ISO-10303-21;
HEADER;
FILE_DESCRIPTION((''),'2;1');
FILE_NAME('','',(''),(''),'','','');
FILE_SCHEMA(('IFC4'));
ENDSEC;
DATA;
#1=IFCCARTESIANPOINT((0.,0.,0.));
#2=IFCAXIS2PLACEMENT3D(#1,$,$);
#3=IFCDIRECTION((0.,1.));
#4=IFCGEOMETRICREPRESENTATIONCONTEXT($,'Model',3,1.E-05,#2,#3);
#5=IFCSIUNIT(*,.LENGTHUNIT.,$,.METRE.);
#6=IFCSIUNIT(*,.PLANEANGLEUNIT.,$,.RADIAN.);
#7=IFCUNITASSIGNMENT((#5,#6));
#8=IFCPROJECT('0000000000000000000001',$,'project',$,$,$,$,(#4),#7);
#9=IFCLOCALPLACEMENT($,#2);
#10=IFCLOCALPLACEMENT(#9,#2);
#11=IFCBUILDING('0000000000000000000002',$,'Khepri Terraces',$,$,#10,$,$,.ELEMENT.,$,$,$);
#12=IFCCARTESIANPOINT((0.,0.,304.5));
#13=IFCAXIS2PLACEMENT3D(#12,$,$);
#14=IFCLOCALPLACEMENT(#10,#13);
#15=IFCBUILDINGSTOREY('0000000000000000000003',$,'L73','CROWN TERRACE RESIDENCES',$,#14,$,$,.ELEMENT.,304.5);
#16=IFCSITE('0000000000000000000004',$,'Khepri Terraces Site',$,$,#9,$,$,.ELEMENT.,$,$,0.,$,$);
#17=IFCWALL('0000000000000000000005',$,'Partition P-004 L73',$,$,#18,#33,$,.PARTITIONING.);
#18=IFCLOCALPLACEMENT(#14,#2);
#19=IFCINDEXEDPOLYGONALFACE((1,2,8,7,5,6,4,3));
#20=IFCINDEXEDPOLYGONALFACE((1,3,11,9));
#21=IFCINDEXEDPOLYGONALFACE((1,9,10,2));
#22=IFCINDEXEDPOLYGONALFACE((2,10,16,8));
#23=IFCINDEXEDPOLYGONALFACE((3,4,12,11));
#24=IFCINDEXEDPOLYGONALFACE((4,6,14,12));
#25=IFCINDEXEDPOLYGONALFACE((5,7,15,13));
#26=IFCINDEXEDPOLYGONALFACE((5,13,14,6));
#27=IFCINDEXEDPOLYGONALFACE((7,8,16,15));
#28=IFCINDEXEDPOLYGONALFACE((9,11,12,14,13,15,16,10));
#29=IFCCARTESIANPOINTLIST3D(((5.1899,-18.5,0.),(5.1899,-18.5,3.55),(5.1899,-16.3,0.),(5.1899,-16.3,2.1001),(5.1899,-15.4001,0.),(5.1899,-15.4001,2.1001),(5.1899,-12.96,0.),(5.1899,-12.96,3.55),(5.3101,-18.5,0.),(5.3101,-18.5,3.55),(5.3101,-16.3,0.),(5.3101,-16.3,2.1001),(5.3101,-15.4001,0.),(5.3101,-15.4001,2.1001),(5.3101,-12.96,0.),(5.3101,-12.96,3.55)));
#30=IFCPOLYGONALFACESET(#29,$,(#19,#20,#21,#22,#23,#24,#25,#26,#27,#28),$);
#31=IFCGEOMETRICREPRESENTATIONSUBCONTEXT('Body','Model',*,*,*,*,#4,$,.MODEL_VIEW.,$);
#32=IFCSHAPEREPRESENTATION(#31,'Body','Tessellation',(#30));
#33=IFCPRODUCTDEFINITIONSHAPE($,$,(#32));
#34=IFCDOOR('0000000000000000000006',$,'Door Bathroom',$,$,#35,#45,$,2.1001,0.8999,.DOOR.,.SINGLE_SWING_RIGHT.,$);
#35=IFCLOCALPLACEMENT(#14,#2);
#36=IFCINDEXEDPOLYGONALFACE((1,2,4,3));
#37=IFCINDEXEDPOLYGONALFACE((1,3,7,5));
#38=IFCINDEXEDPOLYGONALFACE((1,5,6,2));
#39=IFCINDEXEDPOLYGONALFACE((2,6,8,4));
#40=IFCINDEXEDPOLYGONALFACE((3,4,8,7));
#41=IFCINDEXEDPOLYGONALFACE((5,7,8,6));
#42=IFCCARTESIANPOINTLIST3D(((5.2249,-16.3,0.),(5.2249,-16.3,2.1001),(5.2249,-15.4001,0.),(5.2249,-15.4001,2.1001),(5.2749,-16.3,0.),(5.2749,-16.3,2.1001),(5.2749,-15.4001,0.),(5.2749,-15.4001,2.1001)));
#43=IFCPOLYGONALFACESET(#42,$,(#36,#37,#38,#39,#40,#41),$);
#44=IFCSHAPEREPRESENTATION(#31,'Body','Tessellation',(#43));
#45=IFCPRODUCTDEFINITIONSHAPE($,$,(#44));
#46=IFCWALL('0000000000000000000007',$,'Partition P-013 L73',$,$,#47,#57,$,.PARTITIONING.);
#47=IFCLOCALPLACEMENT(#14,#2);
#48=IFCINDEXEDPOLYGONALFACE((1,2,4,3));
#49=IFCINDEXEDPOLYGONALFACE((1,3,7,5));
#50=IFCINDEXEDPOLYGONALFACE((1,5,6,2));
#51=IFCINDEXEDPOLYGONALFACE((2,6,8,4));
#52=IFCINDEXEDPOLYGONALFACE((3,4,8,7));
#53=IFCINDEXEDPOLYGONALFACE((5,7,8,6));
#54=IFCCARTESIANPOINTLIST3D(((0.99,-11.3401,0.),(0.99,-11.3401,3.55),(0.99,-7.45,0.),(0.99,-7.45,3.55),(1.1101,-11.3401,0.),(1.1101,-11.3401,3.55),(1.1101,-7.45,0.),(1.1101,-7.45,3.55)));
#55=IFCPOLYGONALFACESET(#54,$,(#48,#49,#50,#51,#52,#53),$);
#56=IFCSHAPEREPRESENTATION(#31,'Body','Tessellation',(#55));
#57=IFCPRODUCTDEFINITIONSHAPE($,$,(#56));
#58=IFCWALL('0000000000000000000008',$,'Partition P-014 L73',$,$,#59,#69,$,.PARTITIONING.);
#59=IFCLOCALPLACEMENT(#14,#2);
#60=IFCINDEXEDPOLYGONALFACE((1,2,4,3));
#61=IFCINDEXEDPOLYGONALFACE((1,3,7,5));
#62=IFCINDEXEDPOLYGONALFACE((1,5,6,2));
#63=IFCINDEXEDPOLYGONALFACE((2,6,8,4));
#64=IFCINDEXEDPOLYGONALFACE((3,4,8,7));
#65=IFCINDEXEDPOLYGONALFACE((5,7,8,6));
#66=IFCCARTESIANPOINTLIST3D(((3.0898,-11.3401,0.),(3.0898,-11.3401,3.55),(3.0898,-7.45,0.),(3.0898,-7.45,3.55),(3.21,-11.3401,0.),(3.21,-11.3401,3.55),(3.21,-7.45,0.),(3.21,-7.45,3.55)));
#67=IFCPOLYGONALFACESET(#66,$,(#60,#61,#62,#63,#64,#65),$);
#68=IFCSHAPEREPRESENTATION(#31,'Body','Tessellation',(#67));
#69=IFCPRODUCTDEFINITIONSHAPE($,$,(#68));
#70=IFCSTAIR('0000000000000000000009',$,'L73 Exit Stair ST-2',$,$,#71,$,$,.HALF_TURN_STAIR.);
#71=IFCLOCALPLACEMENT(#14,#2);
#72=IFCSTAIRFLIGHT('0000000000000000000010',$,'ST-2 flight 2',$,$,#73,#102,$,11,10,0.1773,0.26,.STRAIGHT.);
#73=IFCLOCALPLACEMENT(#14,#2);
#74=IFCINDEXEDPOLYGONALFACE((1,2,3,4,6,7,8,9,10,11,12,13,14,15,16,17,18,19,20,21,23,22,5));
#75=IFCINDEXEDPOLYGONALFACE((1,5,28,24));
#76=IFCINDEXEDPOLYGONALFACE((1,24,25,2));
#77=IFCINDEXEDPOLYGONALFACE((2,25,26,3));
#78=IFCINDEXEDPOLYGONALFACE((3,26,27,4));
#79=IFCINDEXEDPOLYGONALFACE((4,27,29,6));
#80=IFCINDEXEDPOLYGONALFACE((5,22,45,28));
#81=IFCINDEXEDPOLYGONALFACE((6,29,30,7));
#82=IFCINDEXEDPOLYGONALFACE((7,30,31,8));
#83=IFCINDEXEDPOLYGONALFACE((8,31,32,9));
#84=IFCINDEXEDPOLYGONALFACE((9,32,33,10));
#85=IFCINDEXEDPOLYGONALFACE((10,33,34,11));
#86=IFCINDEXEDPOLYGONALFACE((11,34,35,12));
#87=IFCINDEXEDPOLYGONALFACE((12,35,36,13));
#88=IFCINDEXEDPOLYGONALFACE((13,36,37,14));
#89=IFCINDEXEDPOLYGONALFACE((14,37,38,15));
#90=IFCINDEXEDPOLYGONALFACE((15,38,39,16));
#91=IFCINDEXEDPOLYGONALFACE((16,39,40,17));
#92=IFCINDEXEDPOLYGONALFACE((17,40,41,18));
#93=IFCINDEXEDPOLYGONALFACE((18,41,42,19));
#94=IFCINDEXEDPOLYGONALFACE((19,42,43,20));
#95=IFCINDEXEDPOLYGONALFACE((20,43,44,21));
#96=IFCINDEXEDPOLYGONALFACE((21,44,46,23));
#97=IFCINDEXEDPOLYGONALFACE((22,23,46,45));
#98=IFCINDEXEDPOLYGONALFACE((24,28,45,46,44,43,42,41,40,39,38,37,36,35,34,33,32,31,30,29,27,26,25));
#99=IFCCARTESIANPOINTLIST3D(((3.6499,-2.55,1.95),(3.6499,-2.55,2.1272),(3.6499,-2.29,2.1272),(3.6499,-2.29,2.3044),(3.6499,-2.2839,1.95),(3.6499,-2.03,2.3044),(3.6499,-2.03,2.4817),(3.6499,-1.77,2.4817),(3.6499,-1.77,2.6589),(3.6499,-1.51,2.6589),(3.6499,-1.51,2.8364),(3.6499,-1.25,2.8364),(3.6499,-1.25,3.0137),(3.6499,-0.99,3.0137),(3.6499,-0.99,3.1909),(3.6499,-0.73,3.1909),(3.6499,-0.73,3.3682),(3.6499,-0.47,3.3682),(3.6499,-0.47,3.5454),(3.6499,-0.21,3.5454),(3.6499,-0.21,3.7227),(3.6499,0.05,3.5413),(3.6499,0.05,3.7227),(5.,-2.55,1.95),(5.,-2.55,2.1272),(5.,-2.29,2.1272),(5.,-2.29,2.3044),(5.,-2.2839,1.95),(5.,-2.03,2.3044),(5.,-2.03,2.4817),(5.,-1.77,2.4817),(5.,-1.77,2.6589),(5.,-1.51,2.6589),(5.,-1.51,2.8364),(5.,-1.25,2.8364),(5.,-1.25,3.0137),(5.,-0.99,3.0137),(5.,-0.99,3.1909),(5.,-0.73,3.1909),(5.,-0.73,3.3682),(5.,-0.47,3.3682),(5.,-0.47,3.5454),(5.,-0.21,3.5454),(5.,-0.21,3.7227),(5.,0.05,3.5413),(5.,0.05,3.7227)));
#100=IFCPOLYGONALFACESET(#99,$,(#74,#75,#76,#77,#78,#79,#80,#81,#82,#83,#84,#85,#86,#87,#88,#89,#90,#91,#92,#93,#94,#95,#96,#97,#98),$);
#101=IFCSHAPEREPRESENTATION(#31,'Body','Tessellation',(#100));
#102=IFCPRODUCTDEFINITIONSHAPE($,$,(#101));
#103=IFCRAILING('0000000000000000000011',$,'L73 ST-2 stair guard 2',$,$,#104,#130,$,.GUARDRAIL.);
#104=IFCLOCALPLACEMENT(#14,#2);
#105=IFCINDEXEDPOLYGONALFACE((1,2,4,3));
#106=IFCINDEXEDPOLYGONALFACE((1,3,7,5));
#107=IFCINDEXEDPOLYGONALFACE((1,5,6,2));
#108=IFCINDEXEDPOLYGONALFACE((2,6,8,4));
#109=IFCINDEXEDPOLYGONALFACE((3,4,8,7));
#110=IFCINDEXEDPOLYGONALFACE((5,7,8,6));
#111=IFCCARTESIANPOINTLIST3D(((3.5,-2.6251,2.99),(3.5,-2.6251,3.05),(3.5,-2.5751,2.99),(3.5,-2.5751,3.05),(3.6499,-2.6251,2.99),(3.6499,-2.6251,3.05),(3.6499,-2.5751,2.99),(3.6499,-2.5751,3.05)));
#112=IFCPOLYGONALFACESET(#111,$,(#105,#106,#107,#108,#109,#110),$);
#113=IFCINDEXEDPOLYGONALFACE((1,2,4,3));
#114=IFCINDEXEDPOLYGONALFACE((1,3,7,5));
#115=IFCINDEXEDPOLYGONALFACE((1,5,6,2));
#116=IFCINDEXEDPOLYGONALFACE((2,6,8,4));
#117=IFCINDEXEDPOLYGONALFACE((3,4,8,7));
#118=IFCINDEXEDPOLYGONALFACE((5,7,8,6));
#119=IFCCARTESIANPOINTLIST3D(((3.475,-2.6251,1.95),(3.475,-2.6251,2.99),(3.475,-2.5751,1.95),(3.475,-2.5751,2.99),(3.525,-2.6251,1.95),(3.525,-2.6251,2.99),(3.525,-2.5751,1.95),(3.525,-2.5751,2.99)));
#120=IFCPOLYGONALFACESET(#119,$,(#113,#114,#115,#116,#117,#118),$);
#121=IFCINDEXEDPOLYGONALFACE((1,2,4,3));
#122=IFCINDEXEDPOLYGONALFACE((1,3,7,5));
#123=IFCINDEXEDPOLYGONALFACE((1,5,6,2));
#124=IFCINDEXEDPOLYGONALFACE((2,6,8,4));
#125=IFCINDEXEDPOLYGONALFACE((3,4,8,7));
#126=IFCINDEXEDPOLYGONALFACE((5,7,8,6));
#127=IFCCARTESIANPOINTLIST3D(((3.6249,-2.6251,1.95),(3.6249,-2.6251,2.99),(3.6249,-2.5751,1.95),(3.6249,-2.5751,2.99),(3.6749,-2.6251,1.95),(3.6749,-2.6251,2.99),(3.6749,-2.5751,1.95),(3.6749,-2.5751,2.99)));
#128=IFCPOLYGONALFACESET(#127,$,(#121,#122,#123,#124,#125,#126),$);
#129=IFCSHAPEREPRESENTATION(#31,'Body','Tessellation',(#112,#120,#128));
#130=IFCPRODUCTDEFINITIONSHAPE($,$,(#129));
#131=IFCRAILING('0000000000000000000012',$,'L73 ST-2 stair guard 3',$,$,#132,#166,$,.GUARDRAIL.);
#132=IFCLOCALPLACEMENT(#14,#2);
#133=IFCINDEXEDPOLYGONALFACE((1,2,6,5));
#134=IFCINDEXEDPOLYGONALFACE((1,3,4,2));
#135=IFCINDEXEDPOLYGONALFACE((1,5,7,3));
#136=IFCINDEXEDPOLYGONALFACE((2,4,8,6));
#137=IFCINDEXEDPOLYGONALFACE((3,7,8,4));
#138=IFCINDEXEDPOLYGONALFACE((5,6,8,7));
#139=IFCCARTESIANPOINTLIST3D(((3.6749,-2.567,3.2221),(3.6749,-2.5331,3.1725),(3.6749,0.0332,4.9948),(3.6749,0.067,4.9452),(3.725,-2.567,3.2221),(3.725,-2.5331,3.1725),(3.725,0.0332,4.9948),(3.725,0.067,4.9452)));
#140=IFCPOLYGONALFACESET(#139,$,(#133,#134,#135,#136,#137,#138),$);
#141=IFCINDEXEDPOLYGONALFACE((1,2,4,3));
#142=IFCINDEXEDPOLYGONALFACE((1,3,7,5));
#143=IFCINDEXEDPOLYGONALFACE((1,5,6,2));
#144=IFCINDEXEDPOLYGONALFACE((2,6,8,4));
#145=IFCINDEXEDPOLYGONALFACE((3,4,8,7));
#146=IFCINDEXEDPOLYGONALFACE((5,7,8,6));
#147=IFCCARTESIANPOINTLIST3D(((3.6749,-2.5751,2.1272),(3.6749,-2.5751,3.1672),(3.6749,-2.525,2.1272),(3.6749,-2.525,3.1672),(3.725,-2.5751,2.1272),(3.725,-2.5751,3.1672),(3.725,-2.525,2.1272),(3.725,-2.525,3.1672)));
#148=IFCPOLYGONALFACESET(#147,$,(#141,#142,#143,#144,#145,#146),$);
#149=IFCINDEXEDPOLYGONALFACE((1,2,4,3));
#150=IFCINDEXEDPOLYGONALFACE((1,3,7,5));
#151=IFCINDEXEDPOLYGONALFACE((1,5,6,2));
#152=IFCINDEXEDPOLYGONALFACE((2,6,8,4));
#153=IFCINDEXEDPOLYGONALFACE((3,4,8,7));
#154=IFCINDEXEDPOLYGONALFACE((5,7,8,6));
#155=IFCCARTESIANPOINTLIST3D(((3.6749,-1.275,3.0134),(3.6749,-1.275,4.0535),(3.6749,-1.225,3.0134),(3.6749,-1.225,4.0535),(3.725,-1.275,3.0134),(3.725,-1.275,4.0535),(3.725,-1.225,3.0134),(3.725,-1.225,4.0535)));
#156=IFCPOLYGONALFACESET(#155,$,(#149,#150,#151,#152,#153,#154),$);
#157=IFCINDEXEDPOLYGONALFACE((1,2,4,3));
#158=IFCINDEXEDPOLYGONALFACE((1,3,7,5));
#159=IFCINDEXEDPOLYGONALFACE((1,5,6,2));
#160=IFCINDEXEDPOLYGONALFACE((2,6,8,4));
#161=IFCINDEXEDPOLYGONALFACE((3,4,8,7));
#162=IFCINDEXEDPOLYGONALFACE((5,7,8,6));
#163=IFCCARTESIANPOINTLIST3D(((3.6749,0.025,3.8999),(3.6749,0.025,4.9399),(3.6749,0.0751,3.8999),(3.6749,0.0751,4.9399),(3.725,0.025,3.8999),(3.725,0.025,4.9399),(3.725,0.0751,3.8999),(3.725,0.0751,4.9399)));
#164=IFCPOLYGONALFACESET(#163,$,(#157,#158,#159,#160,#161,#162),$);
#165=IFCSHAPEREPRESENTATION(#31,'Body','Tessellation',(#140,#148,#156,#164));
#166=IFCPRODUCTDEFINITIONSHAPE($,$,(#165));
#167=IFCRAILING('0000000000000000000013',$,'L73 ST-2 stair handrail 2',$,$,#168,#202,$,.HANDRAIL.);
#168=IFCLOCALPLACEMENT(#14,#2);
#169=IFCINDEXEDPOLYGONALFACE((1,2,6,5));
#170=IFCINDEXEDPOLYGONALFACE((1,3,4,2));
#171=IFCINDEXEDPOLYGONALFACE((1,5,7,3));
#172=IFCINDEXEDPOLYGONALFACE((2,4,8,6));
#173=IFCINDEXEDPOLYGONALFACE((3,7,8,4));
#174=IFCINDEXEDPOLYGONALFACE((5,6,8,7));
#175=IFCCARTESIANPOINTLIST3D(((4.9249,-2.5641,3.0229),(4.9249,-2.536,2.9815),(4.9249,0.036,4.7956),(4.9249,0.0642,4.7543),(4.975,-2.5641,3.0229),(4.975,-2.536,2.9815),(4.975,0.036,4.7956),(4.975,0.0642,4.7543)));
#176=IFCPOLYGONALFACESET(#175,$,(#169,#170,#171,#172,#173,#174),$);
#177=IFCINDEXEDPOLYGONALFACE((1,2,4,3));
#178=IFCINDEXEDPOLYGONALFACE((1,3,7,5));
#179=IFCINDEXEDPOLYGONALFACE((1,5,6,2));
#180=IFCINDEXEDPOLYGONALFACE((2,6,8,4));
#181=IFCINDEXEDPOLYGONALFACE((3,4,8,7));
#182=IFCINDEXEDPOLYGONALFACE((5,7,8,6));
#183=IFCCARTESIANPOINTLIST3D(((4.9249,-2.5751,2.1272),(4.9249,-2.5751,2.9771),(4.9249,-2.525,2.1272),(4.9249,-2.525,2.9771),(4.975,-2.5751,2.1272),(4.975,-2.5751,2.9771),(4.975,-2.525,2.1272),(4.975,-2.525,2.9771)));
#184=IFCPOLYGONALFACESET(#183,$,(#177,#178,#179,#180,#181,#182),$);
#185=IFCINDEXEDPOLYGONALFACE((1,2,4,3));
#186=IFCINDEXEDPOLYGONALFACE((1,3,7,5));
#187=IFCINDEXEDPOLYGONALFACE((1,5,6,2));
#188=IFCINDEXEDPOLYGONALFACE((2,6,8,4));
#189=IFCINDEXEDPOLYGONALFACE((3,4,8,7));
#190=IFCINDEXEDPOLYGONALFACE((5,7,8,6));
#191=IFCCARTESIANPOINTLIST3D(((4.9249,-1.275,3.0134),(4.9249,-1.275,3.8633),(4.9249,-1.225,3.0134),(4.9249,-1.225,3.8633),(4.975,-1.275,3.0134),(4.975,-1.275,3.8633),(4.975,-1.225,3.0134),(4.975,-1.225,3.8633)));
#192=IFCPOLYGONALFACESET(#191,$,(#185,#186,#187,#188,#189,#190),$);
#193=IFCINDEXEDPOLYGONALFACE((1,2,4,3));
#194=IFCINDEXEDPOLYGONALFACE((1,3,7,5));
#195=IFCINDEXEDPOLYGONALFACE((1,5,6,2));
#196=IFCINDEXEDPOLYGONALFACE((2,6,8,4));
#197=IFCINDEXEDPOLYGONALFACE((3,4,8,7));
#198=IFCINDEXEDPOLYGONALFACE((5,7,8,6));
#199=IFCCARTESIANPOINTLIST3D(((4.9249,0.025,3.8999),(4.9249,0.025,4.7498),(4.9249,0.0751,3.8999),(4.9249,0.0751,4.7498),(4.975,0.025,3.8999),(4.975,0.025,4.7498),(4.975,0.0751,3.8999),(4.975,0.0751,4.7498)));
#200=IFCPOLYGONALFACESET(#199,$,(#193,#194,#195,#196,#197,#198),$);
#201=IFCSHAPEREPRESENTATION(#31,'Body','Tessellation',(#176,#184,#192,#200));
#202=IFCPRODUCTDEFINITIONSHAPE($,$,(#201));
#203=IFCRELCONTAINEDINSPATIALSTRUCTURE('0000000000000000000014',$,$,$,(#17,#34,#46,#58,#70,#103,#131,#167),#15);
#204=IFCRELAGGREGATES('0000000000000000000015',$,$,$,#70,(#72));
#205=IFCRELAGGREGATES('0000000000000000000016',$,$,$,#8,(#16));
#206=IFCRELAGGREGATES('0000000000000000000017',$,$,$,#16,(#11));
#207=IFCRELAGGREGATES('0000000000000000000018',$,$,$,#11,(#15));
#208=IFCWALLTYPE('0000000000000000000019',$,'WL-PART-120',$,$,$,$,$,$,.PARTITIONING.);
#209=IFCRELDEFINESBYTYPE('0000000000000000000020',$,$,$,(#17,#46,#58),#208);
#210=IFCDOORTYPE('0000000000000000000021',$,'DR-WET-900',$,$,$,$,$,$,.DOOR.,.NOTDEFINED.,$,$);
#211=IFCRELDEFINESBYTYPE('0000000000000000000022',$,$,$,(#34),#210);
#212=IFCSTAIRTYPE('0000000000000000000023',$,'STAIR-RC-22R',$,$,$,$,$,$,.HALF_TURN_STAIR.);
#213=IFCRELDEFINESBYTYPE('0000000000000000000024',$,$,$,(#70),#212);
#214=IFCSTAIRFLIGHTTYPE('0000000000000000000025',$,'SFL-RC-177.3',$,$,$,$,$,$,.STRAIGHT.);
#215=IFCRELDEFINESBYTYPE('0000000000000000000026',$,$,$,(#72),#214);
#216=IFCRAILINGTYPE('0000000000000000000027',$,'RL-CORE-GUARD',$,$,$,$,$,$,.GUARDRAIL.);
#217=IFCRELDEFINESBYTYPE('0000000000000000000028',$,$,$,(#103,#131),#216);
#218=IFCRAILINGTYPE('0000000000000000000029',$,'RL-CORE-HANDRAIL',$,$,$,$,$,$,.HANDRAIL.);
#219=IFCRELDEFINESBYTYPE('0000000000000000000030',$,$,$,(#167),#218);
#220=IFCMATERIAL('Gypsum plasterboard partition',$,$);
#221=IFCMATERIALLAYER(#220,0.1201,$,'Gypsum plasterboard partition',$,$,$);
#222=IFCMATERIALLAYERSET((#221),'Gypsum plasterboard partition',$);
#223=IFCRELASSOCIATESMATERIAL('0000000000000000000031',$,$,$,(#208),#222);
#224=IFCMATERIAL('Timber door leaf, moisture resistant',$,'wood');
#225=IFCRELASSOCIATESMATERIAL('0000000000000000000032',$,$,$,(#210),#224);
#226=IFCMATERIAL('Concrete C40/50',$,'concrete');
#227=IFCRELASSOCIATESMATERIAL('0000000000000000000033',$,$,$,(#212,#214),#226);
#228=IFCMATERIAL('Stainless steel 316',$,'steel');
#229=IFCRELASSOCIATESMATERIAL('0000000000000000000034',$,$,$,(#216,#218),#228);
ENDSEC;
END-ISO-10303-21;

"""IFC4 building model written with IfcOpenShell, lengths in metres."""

from ifc_helpers import new_model, si_unit, direction, frame, frame_2d, origin, origin_2d, place, context, subcontext, project, spatial, polyline, rectangle, outline, extrude, material, layer, layer_set, type_object, element, fill, aggregate, save


model = new_model("IFC4")

# Units and contexts
model_context = context("Model", 3, precision=1e-05, world=origin(), true_north=direction((0.0, 1.0)))
body_context = subcontext(model_context, "Body", "Model", "MODEL_VIEW")
ifc_project = project(units=[si_unit("LENGTHUNIT", "METRE"), si_unit("PLANEANGLEUNIT", "RADIAN")], contexts=[model_context])

# Site, building, storey
site_placement = place(None, origin())
site = spatial("IfcSite", under=ifc_project, at=site_placement, Name="Khepri Terraces Site", CompositionType="ELEMENT", RefElevation=0.0)
building_placement = place(site_placement, origin())
building = spatial("IfcBuilding", under=site, at=building_placement, Name="Khepri Terraces", CompositionType="ELEMENT")
storey_placement = place(building_placement, frame((0.0, 0.0, 304.5)))
storey = spatial("IfcBuildingStorey", under=building, at=storey_placement, Name="L73", Description="CROWN TERRACE RESIDENCES", CompositionType="ELEMENT", Elevation=304.5)

# Shared definitions
ifc_material_1 = material(Name="Concrete C40/50", Category="concrete")

# Shared definitions
ifc_material_2 = material(Name="Gypsum plasterboard partition")
ifc_layer_1 = layer(ifc_material_2, 0.1201, Name="Gypsum plasterboard partition")
ifc_layer_set_1 = layer_set([ifc_layer_1], Name="Gypsum plasterboard partition")
wall_type_1 = type_object("IfcWallType", Name="WL-PART-120", PredefinedType="PARTITIONING", material=ifc_layer_set_1)

# Wall, opening, door
wall_1_placement = place(storey_placement, frame((5.25, -18.5, 0.0), z_axis=(0.0, 0.0, 1.0), x_axis=(0.0, 1.0, 0.0)))
wall_1 = element("IfcWall", 1, at=wall_1_placement, inside=storey, type_object=wall_type_1, Name="Partition P-004 L73", PredefinedType="PARTITIONING", context=body_context, shape_type="SweptSolid", body=[
    extrude(rectangle(XDim=5.54, YDim=0.1201, at=frame_2d((2.77, 0.0))), origin(), (0.0, 0.0, 1.0), 3.55),
])
opening_1_placement = place(wall_1_placement, frame((2.2, 0.0, 0.0)))
opening_1 = element("IfcOpeningElement", 2, at=opening_1_placement, cuts=wall_1, PredefinedType="OPENING", context=body_context, shape_type="SweptSolid", body=[
    extrude(rectangle(XDim=0.8999, YDim=2.1001, at=frame_2d((0.45, 1.05))), frame((0.0, 0.0701, 0.0), z_axis=(0.0, -1.0, 0.0), x_axis=(1.0, 0.0, 0.0)), (0.0, 0.0, 1.0), 0.1401),
])
ifc_material_3 = material(Name="Timber door leaf, moisture resistant", Category="wood")
door_type_1 = type_object("IfcDoorType", Name="DR-WET-900", OperationType="NOTDEFINED", PredefinedType="DOOR", material=ifc_material_3)
door_1_placement = place(opening_1_placement, frame((0.8999, 0.0, 0.0), z_axis=(0.0, 0.0, 1.0), x_axis=(-1.0, 0.0, 0.0)))
door_1 = element("IfcDoor", 3, at=door_1_placement, inside=storey, type_object=door_type_1, Name="Door Bathroom", OperationType="SINGLE_SWING_RIGHT", OverallHeight=2.1001, OverallWidth=0.8999, PredefinedType="DOOR", context=body_context, shape_type="SweptSolid", body=[
    extrude(rectangle(XDim=0.8999, YDim=2.1001, at=frame_2d((0.45, 1.05))), frame((0.0, 0.0249, 0.0), z_axis=(0.0, -1.0, 0.0), x_axis=(1.0, 0.0, 0.0)), (0.0, 0.0, 1.0), 0.05),
])
fill(opening_1, door_1)

# Walls
for number, where, z_axis, x_axis, name in (
    (4, (1.05, -11.3401, 0.0), (0.0, 0.0, 1.0), (0.0, 1.0, 0.0), "Partition P-013 L73"),
    (5, (3.1499, -11.3401, 0.0), (0.0, 0.0, 1.0), (0.0, 1.0, 0.0), "Partition P-014 L73"),
):
    element("IfcWall", number, at=place(storey_placement, frame(where, z_axis=z_axis, x_axis=x_axis)), inside=storey, type_object=wall_type_1, Name=name, PredefinedType="PARTITIONING", context=body_context, shape_type="SweptSolid", body=[
        extrude(rectangle(XDim=3.8901, YDim=0.1201, at=frame_2d((1.9451, 0.0))), origin(), (0.0, 0.0, 1.0), 3.55),
    ])

# Stair, stair flight
stair_type = type_object("IfcStairType", Name="STAIR-RC-22R", PredefinedType="HALF_TURN_STAIR", material=ifc_material_1)
stair_placement = place(storey_placement, origin())
stair = element("IfcStair", 6, at=stair_placement, inside=storey, type_object=stair_type, Name="L73 Exit Stair ST-2", PredefinedType="HALF_TURN_STAIR")
stair_flight_type = type_object("IfcStairFlightType", Name="SFL-RC-177.3", PredefinedType="STRAIGHT", material=ifc_material_1)
stair_flight_placement = place(storey_placement, frame((4.325, -2.55, 1.95), z_axis=(0.0, 0.0, 1.0), x_axis=(0.0, 1.0, 0.0)))
stair_flight = element("IfcStairFlight", 7, at=stair_flight_placement, type_object=stair_flight_type, Name="ST-2 flight 2", NumberOfRisers=11, NumberOfTreads=10, PredefinedType="STRAIGHT", RiserHeight=0.1773, TreadLength=0.26, context=body_context, shape_type="SweptSolid", body=[
    extrude(outline(polyline([(0.0, 0.0), (0.0, 0.1772), (0.26, 0.1772), (0.26, 0.3545), (0.52, 0.3545), (0.52, 0.5317), (0.78, 0.5317), (0.78, 0.709), (1.04, 0.709), (1.04, 0.8865), (1.3, 0.8865), (1.3, 1.0637), (1.5601, 1.0637), (1.5601, 1.241), (1.8201, 1.241), (1.8201, 1.4182), (2.0801, 1.4182), (2.0801, 1.5955), (2.3401, 1.5955), (2.3401, 1.7727), (2.6001, 1.7727), (2.6001, 1.95), (2.6001, 1.5913), (0.2661, 0.0), (0.0, 0.0)])), frame((0.0, 0.675, 0.0), z_axis=(0.0, -1.0, 0.0), x_axis=(1.0, 0.0, 0.0)), (0.0, 0.0, 1.0), 1.3501),
])
aggregate(stair, [stair_flight])

# Railings
ifc_material_4 = material(Name="Stainless steel 316", Category="steel")
railing_type_1 = type_object("IfcRailingType", Name="RL-CORE-GUARD", PredefinedType="GUARDRAIL", material=ifc_material_4)
railing_1_placement = place(storey_placement, frame((3.5, -2.6001, 1.95)))
element("IfcRailing", 8, at=railing_1_placement, inside=storey, type_object=railing_type_1, Name="L73 ST-2 stair guard 2", PredefinedType="GUARDRAIL", context=body_context, shape_type="SweptSolid", body=[
    extrude(rectangle(XDim=0.05, YDim=0.0601, at=origin_2d()), frame((0.0, 0.0, 1.0701), z_axis=(1.0, 0.0, 0.0), x_axis=(0.0, 1.0, 0.0)), (0.0, 0.0, 1.0), 0.1499),
    extrude(rectangle(XDim=0.05, YDim=0.05, at=origin_2d()), origin(), (0.0, 0.0, 1.0), 1.04),
    extrude(rectangle(XDim=0.05, YDim=0.05, at=origin_2d()), frame((0.1499, 0.0, 0.0)), (0.0, 0.0, 1.0), 1.04),
])
railing_2_placement = place(storey_placement, frame((3.7, -2.55, 2.1272)))
element("IfcRailing", 9, at=railing_2_placement, inside=storey, type_object=railing_type_1, Name="L73 ST-2 stair guard 3", PredefinedType="GUARDRAIL", context=body_context, shape_type="SweptSolid", body=[
    extrude(rectangle(XDim=0.05, YDim=0.0601, at=origin_2d()), frame((0.0, 0.0, 1.0701), z_axis=(0.0, 0.82624, 0.563318), x_axis=(-1.0, 0.0, 0.0)), (0.0, 0.0, 1.0), 3.147),
    extrude(rectangle(XDim=0.05, YDim=0.05, at=origin_2d()), origin(), (0.0, 0.0, 1.0), 1.04),
    extrude(rectangle(XDim=0.05, YDim=0.05, at=origin_2d()), frame((0.0, 1.3, 0.8862)), (0.0, 0.0, 1.0), 1.04),
    extrude(rectangle(XDim=0.05, YDim=0.05, at=origin_2d()), frame((0.0, 2.6001, 1.7727)), (0.0, 0.0, 1.0), 1.04),
])
railing_type_2 = type_object("IfcRailingType", Name="RL-CORE-HANDRAIL", PredefinedType="HANDRAIL", material=ifc_material_4)
railing_3_placement = place(storey_placement, frame((4.95, -2.55, 2.1272)))
element("IfcRailing", 10, at=railing_3_placement, inside=storey, type_object=railing_type_2, Name="L73 ST-2 stair handrail 2", PredefinedType="HANDRAIL", context=body_context, shape_type="SweptSolid", body=[
    extrude(rectangle(XDim=0.05, YDim=0.05, at=origin_2d()), frame((0.0, 0.0, 0.875), z_axis=(0.0, 0.82624, 0.563318), x_axis=(-1.0, 0.0, 0.0)), (0.0, 0.0, 1.0), 3.147),
    extrude(rectangle(XDim=0.05, YDim=0.05, at=origin_2d()), origin(), (0.0, 0.0, 1.0), 0.8499),
    extrude(rectangle(XDim=0.05, YDim=0.05, at=origin_2d()), frame((0.0, 1.3, 0.8862)), (0.0, 0.0, 1.0), 0.8499),
    extrude(rectangle(XDim=0.05, YDim=0.05, at=origin_2d()), frame((0.0, 2.6001, 1.7727)), (0.0, 0.0, 1.0), 0.8499),
])

save(model, "model.ifc")
